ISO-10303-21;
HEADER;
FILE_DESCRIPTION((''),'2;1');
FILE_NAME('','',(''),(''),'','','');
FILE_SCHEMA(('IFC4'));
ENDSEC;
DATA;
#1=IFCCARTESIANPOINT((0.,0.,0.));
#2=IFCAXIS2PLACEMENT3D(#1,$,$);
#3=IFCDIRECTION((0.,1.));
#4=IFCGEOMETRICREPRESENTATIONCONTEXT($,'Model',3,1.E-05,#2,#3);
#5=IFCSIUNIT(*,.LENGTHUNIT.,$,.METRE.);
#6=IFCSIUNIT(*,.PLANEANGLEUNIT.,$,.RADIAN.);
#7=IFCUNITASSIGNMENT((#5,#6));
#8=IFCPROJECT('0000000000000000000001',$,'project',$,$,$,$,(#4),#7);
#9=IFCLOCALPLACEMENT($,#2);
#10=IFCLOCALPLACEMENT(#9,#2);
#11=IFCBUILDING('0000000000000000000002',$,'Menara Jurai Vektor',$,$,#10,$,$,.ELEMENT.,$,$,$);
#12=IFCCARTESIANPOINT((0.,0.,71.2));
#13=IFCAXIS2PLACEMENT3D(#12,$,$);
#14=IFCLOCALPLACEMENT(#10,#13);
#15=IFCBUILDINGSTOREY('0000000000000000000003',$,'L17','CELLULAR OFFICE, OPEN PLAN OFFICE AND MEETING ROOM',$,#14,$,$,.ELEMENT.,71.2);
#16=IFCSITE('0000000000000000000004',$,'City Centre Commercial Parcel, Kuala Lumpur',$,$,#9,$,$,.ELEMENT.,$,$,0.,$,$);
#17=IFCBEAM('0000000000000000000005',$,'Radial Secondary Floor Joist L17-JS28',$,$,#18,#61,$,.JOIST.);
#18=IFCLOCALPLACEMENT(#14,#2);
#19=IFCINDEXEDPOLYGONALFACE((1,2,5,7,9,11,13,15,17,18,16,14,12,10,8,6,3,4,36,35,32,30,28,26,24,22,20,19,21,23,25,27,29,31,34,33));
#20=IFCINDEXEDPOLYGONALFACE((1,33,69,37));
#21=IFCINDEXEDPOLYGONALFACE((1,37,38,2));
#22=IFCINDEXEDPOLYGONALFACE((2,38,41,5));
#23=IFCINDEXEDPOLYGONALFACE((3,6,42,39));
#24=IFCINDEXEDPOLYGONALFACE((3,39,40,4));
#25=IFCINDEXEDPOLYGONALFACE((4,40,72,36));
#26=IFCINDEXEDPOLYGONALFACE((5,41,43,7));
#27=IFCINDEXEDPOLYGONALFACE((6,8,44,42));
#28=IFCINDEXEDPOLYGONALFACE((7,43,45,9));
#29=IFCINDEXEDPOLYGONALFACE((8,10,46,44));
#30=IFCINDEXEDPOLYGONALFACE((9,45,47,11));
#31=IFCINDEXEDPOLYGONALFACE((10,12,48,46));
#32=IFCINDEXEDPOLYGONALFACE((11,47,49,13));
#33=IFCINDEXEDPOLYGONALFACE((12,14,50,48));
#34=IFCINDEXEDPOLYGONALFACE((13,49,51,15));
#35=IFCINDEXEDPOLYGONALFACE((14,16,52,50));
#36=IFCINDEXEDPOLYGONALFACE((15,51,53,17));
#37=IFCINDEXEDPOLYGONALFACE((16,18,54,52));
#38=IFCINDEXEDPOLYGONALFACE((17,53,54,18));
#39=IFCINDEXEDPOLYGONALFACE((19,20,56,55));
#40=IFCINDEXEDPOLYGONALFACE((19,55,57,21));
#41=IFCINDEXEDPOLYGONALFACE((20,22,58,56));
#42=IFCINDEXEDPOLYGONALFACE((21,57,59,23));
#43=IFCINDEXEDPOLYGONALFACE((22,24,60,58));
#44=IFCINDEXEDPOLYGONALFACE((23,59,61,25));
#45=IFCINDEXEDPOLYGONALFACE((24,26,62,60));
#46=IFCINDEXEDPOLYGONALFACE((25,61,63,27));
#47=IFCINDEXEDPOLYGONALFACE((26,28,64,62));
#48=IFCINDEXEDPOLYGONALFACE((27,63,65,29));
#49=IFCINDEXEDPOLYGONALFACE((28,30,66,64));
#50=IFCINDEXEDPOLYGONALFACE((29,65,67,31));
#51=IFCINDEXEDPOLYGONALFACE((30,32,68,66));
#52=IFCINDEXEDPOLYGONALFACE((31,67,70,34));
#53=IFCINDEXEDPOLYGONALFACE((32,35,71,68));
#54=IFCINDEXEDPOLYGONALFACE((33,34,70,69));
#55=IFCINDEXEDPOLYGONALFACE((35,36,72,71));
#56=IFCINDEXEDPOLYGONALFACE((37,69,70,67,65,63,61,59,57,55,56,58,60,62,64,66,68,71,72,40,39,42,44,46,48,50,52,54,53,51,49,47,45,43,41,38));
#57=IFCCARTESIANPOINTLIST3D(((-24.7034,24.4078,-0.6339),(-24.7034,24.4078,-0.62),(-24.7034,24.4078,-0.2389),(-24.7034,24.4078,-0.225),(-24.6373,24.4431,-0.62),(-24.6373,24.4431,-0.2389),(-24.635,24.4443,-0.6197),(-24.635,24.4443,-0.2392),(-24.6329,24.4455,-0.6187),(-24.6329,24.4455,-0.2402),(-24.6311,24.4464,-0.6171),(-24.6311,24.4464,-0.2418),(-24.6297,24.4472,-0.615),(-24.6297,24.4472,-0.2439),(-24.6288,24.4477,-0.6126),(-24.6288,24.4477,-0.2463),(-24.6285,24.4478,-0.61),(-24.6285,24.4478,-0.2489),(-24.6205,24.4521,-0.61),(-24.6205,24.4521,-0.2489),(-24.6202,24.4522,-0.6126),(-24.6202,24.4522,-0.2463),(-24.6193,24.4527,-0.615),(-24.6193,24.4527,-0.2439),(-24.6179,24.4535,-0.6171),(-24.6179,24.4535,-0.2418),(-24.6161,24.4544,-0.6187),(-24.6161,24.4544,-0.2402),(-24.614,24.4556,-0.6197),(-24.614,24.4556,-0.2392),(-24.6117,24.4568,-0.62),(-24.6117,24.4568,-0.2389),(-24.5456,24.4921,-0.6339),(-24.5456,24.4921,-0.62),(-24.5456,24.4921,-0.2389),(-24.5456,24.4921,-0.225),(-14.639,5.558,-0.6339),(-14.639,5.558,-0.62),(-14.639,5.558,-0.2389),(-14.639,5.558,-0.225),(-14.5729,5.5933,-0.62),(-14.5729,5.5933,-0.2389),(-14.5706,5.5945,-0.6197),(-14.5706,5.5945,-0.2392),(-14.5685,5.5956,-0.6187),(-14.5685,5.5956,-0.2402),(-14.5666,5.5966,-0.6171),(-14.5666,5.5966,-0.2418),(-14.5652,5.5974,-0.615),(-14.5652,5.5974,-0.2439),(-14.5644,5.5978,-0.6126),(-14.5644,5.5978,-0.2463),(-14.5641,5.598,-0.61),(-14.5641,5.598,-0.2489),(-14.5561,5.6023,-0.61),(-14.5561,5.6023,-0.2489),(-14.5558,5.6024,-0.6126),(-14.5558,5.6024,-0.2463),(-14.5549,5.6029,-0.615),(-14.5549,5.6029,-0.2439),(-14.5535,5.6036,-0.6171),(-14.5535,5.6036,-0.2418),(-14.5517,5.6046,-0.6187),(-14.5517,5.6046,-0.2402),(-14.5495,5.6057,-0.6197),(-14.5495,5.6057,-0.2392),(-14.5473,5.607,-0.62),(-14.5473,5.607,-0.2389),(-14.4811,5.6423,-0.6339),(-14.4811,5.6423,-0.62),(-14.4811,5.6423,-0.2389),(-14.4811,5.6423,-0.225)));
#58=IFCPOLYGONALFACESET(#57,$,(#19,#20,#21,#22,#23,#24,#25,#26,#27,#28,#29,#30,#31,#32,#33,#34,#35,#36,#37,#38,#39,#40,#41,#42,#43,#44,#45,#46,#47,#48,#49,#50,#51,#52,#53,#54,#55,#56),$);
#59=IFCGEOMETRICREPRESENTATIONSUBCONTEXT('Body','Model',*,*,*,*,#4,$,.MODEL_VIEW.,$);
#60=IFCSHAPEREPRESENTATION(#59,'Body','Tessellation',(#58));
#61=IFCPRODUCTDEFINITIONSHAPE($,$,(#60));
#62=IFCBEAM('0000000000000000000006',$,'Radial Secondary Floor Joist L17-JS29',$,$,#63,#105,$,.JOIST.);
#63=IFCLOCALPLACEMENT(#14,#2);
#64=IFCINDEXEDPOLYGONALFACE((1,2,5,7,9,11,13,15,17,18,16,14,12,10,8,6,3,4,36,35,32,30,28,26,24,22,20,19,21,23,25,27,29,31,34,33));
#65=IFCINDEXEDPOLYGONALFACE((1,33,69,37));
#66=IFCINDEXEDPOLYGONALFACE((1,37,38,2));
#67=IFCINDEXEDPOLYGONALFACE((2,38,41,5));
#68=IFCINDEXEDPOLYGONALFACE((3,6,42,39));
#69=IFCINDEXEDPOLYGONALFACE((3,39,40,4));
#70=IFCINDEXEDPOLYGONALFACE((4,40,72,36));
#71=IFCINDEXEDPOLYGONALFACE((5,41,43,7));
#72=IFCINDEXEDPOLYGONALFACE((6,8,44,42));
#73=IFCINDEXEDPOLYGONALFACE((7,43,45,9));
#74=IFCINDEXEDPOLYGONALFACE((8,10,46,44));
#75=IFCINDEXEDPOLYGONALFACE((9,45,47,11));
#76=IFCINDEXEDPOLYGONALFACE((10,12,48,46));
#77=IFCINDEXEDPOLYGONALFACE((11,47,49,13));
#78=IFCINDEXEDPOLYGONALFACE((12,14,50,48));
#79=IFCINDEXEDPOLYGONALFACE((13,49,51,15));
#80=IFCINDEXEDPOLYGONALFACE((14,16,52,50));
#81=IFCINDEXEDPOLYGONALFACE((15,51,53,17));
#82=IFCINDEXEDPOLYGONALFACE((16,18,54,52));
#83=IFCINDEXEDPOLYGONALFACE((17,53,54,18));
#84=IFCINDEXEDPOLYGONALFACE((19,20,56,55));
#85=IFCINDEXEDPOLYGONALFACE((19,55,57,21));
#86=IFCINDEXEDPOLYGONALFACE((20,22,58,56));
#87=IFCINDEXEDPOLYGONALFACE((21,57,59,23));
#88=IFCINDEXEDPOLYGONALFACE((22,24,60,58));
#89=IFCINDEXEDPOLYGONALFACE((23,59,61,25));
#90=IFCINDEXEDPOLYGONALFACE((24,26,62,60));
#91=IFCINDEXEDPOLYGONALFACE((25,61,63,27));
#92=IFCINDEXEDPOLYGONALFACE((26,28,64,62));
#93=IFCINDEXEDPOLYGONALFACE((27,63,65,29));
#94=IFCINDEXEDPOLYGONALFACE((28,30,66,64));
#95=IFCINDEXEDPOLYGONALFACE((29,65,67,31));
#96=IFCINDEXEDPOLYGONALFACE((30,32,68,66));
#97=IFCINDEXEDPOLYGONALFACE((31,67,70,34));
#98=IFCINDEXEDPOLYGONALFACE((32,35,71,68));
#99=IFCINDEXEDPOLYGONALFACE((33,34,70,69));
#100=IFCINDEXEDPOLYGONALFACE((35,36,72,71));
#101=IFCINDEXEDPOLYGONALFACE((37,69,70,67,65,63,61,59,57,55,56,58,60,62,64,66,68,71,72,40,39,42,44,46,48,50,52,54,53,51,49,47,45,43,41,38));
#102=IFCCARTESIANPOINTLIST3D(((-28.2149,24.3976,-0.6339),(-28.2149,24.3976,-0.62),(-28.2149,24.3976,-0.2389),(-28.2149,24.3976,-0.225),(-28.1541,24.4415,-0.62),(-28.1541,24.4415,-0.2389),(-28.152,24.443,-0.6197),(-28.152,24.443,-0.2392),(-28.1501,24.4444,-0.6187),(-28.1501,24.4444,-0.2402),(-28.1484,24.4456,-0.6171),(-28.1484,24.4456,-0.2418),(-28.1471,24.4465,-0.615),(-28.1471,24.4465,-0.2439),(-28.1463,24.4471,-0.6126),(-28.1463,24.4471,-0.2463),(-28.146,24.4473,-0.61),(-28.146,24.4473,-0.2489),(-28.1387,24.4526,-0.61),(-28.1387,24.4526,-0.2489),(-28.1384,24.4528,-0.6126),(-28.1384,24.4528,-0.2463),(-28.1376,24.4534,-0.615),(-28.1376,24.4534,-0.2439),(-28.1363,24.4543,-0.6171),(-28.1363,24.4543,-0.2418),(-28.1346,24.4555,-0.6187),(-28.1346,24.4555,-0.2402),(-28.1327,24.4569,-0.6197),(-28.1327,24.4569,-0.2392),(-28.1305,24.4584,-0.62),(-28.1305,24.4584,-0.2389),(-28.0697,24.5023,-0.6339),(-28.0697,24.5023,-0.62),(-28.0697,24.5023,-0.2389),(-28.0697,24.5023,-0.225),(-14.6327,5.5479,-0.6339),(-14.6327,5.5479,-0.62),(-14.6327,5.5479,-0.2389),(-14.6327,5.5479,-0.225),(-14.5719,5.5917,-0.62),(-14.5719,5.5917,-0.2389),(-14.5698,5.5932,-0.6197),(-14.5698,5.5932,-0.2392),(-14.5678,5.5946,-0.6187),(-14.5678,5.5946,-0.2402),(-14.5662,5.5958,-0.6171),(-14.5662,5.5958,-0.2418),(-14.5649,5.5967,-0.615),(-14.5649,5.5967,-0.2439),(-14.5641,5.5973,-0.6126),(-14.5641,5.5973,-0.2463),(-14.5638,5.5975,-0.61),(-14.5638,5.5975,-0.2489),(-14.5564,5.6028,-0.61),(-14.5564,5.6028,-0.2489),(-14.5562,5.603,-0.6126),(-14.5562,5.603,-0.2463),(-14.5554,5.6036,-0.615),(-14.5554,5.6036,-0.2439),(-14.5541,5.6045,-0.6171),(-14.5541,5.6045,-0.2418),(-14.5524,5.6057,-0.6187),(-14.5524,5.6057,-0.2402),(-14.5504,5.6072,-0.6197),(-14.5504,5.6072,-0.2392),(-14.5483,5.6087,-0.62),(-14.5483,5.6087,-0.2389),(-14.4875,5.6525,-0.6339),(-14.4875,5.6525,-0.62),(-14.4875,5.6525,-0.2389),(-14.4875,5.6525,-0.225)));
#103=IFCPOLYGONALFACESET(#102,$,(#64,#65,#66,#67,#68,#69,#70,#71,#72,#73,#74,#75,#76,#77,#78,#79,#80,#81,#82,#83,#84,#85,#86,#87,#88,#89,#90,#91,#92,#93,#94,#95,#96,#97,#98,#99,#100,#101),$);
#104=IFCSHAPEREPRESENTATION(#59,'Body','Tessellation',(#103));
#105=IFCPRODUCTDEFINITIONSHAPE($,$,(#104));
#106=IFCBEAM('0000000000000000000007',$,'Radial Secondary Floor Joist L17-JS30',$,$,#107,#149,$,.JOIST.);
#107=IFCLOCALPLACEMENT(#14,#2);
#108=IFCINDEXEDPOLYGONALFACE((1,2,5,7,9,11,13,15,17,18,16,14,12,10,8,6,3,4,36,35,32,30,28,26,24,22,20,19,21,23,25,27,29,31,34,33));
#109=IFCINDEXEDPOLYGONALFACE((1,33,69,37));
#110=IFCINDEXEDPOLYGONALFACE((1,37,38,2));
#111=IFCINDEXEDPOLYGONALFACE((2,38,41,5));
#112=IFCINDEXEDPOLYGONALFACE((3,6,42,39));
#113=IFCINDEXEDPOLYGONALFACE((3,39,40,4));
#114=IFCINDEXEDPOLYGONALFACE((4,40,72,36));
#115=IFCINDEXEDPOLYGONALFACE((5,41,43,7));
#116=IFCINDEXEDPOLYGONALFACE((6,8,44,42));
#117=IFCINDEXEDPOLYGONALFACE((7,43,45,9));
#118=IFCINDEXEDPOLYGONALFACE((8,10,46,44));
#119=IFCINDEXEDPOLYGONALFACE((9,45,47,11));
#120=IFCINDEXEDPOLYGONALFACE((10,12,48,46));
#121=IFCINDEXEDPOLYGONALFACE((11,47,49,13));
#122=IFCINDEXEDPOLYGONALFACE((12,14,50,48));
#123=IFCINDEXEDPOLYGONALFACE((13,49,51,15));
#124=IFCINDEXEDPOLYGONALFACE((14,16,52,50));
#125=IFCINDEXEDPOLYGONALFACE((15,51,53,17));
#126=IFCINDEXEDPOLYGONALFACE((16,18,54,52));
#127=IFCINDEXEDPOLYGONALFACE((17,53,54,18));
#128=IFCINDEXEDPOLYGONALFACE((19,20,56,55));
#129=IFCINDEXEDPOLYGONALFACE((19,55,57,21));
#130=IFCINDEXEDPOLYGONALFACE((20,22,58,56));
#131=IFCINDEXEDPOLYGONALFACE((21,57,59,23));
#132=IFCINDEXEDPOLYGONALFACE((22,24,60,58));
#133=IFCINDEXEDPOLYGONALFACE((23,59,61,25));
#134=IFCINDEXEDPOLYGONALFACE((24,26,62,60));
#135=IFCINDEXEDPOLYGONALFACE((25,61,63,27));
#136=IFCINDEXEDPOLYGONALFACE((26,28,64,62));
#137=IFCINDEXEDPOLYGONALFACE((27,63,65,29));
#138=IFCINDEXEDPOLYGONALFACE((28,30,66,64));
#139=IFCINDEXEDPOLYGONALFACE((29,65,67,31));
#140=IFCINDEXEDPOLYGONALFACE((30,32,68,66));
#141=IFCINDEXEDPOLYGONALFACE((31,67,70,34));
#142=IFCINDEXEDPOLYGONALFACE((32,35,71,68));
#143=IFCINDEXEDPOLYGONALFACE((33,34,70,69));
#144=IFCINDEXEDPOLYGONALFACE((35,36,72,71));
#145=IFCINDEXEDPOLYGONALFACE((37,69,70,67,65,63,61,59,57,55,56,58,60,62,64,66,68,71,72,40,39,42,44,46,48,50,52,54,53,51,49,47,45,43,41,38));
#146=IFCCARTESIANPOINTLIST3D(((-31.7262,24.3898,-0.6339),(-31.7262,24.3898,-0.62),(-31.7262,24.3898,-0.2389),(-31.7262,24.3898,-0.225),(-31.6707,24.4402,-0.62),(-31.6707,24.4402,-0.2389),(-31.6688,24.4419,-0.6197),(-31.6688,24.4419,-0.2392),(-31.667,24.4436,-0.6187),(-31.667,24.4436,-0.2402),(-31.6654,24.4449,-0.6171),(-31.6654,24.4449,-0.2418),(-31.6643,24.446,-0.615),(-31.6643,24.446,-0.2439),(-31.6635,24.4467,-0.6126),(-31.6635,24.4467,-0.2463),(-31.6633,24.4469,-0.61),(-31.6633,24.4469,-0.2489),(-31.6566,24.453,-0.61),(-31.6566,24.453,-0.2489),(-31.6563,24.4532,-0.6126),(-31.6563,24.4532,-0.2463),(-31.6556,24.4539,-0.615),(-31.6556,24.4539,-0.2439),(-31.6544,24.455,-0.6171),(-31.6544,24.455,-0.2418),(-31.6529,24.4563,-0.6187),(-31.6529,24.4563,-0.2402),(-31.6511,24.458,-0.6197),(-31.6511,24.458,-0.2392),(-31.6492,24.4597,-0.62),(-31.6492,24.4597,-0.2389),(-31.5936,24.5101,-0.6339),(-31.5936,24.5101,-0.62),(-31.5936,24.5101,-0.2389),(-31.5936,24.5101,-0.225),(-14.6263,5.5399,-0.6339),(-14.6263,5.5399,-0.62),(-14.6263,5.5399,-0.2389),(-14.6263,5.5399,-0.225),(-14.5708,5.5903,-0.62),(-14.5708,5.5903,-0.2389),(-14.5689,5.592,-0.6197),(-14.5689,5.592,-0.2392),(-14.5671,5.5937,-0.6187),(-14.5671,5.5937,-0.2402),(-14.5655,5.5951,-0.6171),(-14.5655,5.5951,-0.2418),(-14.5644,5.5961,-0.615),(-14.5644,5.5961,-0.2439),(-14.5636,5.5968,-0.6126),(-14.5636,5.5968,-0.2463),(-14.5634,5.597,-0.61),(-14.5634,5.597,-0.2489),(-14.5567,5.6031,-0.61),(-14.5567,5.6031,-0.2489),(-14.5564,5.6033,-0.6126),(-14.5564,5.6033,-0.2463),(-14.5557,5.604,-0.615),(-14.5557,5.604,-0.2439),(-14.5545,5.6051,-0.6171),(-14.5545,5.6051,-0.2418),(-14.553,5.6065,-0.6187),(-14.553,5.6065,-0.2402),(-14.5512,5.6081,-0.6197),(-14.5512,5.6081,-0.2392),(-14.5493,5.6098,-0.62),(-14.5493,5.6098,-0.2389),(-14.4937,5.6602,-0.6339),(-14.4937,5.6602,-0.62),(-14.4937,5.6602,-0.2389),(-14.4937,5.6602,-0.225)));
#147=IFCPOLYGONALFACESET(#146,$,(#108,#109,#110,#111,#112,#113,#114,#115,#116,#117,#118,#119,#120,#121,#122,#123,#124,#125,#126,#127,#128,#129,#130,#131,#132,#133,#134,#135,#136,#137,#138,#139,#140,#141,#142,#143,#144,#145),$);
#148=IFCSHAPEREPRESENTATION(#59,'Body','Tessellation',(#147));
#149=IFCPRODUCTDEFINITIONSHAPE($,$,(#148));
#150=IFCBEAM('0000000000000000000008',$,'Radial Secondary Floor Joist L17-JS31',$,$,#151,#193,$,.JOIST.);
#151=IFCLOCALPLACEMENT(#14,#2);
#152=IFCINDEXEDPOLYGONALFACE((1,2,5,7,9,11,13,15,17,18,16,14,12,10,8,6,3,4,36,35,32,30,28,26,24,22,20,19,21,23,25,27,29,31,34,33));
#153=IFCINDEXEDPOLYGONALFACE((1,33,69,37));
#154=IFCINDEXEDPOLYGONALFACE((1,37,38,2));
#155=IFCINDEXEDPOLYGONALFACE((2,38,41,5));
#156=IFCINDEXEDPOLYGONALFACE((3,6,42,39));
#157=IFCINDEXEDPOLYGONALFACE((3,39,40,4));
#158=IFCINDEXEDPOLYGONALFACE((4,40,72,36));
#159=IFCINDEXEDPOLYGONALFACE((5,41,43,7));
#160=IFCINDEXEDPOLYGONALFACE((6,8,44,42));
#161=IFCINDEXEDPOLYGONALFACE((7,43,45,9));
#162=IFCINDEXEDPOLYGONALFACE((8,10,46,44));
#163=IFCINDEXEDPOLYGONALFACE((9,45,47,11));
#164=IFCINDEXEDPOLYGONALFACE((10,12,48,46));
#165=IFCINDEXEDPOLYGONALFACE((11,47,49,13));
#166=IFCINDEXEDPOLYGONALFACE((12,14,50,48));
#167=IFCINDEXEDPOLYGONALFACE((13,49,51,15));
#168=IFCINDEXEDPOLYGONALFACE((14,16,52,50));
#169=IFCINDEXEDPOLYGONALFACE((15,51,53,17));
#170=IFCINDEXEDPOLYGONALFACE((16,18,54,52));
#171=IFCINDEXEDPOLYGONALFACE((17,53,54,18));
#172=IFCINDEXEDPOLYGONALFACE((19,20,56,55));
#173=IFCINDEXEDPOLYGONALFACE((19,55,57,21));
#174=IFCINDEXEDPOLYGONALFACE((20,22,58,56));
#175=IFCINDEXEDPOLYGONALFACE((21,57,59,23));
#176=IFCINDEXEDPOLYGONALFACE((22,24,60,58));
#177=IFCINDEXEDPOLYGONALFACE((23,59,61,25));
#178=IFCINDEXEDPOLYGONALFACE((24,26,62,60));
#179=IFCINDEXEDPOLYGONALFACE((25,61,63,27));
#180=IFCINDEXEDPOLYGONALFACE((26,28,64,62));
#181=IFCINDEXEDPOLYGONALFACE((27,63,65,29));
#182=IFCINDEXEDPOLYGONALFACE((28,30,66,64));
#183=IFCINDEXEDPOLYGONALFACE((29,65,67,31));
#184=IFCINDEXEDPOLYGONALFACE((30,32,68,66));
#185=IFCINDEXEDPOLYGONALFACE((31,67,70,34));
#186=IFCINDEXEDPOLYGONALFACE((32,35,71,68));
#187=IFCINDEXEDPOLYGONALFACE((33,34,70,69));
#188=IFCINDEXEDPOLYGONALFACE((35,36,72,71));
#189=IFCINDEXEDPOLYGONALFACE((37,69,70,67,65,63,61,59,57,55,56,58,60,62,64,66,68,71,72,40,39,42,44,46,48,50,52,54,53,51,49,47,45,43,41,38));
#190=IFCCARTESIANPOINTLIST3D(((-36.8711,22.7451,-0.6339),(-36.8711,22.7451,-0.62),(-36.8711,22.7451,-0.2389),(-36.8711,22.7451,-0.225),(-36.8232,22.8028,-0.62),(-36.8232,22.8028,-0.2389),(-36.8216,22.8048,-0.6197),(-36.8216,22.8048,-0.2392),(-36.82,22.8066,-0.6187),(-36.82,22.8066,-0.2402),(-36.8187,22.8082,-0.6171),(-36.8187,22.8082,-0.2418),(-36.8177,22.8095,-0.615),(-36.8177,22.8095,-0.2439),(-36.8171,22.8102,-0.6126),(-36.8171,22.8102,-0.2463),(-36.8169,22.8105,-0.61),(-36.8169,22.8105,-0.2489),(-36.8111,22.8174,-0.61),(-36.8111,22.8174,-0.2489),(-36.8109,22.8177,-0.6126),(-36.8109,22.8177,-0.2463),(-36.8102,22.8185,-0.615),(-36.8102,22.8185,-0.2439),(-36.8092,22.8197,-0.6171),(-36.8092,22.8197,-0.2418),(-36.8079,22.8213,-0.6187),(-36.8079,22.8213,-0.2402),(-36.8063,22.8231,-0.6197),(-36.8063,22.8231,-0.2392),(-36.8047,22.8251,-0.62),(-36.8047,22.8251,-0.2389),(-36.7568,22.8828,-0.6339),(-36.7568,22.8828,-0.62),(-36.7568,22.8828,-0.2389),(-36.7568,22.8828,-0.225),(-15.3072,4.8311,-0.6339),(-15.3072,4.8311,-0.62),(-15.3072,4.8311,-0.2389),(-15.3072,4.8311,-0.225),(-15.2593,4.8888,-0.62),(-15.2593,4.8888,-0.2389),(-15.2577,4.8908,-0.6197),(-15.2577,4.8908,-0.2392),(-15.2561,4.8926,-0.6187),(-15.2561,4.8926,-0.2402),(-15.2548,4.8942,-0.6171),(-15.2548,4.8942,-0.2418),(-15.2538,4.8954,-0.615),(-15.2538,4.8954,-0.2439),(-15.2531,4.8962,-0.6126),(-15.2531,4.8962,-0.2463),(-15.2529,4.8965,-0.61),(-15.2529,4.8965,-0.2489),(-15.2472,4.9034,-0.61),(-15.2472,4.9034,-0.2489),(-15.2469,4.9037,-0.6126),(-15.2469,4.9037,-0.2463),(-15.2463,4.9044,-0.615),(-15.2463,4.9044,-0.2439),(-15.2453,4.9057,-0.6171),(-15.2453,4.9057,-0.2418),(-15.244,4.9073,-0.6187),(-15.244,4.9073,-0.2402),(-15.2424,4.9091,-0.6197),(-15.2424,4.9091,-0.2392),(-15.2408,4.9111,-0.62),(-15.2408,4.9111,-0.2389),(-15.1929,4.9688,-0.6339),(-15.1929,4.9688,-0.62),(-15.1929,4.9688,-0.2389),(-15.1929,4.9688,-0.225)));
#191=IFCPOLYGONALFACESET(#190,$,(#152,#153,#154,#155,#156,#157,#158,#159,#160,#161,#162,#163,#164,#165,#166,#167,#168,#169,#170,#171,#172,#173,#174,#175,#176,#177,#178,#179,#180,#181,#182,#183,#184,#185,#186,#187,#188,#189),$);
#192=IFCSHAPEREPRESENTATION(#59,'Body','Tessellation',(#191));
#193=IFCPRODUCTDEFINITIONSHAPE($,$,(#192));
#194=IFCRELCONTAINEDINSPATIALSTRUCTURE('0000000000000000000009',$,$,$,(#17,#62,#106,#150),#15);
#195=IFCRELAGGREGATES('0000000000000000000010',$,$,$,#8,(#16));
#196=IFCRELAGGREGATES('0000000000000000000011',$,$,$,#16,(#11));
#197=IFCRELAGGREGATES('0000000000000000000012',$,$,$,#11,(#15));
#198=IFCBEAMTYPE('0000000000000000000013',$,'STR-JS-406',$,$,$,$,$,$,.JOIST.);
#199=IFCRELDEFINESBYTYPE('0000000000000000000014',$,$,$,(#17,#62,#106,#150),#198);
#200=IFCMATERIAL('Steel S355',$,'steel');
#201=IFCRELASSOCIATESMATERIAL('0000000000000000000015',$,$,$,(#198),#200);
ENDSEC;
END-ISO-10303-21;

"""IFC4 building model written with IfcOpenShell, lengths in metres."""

from ifc_helpers import new_model, si_unit, direction, frame, origin, origin_2d, place, context, subcontext, project, spatial, i_section, extrude, material, material_profile, profile_set, type_object, element, save


model = new_model("IFC4")

# Units and contexts
model_context = context("Model", 3, precision=1e-05, world=origin(), true_north=direction((0.0, 1.0)))
body_context = subcontext(model_context, "Body", "Model", "MODEL_VIEW")
ifc_project = project(units=[si_unit("LENGTHUNIT", "METRE"), si_unit("PLANEANGLEUNIT", "RADIAN")], contexts=[model_context])

# Site, building, storey
site_placement = place(None, origin())
site = spatial("IfcSite", under=ifc_project, at=site_placement, Name="City Centre Commercial Parcel, Kuala Lumpur", CompositionType="ELEMENT", RefElevation=0.0)
building_placement = place(site_placement, origin())
building = spatial("IfcBuilding", under=site, at=building_placement, Name="Menara Jurai Vektor", CompositionType="ELEMENT")
storey_placement = place(building_placement, frame((0.0, 0.0, 71.2)))
storey = spatial("IfcBuildingStorey", under=building, at=storey_placement, Name="L17", Description="CELLULAR OFFICE, OPEN PLAN OFFICE AND MEETING ROOM", CompositionType="ELEMENT", Elevation=71.2)

# Shared definitions
ifc_material_1 = material(Name="Steel S355", Category="steel")

# Beams
ifc_material_profile_1 = material_profile(ifc_material_1, i_section(OverallWidth=0.179, OverallDepth=0.4089, WebThickness=0.009, FlangeThickness=0.0139, FilletRadius=0.01, at=origin_2d()), Name="UKB 406x178x67")
ifc_profile_set_1 = profile_set([ifc_material_profile_1], Name="Steel S355")
beam_type_1 = type_object("IfcBeamType", Name="STR-JS-406", PredefinedType="JOIST", material=ifc_profile_set_1)
beam_1_placement = place(storey_placement, frame((-24.6245, 24.45, -0.4294), z_axis=(0.470996, -0.882135, 0.0), x_axis=(0.882135, 0.470996, 0.0)))
element("IfcBeam", 1, at=beam_1_placement, inside=storey, type_object=beam_type_1, Name="Radial Secondary Floor Joist L17-JS28", PredefinedType="JOIST", context=body_context, shape_type="SweptSolid", body=[
    extrude(i_section(OverallWidth=0.179, OverallDepth=0.4089, WebThickness=0.009, FlangeThickness=0.0139, FilletRadius=0.01, at=origin_2d()), origin(), (0.0, 0.0, 1.0), 21.3684),
])
beam_2_placement = place(storey_placement, frame((-28.1423, 24.45, -0.4294), z_axis=(0.584599, -0.811322, 0.0), x_axis=(0.811322, 0.584599, 0.0)))
element("IfcBeam", 2, at=beam_2_placement, inside=storey, type_object=beam_type_1, Name="Radial Secondary Floor Joist L17-JS29", PredefinedType="JOIST", context=body_context, shape_type="SweptSolid", body=[
    extrude(i_section(OverallWidth=0.179, OverallDepth=0.4089, WebThickness=0.009, FlangeThickness=0.0139, FilletRadius=0.01, at=origin_2d()), origin(), (0.0, 0.0, 1.0), 23.2334),
])
beam_3_placement = place(storey_placement, frame((-31.6599, 24.45, -0.4294), z_axis=(0.67189, -0.740651, 0.0), x_axis=(0.740651, 0.67189, 0.0)))
element("IfcBeam", 3, at=beam_3_placement, inside=storey, type_object=beam_type_1, Name="Radial Secondary Floor Joist L17-JS30", PredefinedType="JOIST", context=body_context, shape_type="SweptSolid", body=[
    extrude(i_section(OverallWidth=0.179, OverallDepth=0.4089, WebThickness=0.009, FlangeThickness=0.0139, FilletRadius=0.01, at=origin_2d()), origin(), (0.0, 0.0, 1.0), 25.4504),
])
beam_4_placement = place(storey_placement, frame((-36.814, 22.814, -0.4294), z_axis=(0.769201, -0.639007, 0.0), x_axis=(0.639007, 0.769201, 0.0)))
element("IfcBeam", 4, at=beam_4_placement, inside=storey, type_object=beam_type_1, Name="Radial Secondary Floor Joist L17-JS31", PredefinedType="JOIST", context=body_context, shape_type="SweptSolid", body=[
    extrude(i_section(OverallWidth=0.179, OverallDepth=0.4089, WebThickness=0.009, FlangeThickness=0.0139, FilletRadius=0.01, at=origin_2d()), origin(), (0.0, 0.0, 1.0), 28.0342),
])

save(model, "model.ifc")
